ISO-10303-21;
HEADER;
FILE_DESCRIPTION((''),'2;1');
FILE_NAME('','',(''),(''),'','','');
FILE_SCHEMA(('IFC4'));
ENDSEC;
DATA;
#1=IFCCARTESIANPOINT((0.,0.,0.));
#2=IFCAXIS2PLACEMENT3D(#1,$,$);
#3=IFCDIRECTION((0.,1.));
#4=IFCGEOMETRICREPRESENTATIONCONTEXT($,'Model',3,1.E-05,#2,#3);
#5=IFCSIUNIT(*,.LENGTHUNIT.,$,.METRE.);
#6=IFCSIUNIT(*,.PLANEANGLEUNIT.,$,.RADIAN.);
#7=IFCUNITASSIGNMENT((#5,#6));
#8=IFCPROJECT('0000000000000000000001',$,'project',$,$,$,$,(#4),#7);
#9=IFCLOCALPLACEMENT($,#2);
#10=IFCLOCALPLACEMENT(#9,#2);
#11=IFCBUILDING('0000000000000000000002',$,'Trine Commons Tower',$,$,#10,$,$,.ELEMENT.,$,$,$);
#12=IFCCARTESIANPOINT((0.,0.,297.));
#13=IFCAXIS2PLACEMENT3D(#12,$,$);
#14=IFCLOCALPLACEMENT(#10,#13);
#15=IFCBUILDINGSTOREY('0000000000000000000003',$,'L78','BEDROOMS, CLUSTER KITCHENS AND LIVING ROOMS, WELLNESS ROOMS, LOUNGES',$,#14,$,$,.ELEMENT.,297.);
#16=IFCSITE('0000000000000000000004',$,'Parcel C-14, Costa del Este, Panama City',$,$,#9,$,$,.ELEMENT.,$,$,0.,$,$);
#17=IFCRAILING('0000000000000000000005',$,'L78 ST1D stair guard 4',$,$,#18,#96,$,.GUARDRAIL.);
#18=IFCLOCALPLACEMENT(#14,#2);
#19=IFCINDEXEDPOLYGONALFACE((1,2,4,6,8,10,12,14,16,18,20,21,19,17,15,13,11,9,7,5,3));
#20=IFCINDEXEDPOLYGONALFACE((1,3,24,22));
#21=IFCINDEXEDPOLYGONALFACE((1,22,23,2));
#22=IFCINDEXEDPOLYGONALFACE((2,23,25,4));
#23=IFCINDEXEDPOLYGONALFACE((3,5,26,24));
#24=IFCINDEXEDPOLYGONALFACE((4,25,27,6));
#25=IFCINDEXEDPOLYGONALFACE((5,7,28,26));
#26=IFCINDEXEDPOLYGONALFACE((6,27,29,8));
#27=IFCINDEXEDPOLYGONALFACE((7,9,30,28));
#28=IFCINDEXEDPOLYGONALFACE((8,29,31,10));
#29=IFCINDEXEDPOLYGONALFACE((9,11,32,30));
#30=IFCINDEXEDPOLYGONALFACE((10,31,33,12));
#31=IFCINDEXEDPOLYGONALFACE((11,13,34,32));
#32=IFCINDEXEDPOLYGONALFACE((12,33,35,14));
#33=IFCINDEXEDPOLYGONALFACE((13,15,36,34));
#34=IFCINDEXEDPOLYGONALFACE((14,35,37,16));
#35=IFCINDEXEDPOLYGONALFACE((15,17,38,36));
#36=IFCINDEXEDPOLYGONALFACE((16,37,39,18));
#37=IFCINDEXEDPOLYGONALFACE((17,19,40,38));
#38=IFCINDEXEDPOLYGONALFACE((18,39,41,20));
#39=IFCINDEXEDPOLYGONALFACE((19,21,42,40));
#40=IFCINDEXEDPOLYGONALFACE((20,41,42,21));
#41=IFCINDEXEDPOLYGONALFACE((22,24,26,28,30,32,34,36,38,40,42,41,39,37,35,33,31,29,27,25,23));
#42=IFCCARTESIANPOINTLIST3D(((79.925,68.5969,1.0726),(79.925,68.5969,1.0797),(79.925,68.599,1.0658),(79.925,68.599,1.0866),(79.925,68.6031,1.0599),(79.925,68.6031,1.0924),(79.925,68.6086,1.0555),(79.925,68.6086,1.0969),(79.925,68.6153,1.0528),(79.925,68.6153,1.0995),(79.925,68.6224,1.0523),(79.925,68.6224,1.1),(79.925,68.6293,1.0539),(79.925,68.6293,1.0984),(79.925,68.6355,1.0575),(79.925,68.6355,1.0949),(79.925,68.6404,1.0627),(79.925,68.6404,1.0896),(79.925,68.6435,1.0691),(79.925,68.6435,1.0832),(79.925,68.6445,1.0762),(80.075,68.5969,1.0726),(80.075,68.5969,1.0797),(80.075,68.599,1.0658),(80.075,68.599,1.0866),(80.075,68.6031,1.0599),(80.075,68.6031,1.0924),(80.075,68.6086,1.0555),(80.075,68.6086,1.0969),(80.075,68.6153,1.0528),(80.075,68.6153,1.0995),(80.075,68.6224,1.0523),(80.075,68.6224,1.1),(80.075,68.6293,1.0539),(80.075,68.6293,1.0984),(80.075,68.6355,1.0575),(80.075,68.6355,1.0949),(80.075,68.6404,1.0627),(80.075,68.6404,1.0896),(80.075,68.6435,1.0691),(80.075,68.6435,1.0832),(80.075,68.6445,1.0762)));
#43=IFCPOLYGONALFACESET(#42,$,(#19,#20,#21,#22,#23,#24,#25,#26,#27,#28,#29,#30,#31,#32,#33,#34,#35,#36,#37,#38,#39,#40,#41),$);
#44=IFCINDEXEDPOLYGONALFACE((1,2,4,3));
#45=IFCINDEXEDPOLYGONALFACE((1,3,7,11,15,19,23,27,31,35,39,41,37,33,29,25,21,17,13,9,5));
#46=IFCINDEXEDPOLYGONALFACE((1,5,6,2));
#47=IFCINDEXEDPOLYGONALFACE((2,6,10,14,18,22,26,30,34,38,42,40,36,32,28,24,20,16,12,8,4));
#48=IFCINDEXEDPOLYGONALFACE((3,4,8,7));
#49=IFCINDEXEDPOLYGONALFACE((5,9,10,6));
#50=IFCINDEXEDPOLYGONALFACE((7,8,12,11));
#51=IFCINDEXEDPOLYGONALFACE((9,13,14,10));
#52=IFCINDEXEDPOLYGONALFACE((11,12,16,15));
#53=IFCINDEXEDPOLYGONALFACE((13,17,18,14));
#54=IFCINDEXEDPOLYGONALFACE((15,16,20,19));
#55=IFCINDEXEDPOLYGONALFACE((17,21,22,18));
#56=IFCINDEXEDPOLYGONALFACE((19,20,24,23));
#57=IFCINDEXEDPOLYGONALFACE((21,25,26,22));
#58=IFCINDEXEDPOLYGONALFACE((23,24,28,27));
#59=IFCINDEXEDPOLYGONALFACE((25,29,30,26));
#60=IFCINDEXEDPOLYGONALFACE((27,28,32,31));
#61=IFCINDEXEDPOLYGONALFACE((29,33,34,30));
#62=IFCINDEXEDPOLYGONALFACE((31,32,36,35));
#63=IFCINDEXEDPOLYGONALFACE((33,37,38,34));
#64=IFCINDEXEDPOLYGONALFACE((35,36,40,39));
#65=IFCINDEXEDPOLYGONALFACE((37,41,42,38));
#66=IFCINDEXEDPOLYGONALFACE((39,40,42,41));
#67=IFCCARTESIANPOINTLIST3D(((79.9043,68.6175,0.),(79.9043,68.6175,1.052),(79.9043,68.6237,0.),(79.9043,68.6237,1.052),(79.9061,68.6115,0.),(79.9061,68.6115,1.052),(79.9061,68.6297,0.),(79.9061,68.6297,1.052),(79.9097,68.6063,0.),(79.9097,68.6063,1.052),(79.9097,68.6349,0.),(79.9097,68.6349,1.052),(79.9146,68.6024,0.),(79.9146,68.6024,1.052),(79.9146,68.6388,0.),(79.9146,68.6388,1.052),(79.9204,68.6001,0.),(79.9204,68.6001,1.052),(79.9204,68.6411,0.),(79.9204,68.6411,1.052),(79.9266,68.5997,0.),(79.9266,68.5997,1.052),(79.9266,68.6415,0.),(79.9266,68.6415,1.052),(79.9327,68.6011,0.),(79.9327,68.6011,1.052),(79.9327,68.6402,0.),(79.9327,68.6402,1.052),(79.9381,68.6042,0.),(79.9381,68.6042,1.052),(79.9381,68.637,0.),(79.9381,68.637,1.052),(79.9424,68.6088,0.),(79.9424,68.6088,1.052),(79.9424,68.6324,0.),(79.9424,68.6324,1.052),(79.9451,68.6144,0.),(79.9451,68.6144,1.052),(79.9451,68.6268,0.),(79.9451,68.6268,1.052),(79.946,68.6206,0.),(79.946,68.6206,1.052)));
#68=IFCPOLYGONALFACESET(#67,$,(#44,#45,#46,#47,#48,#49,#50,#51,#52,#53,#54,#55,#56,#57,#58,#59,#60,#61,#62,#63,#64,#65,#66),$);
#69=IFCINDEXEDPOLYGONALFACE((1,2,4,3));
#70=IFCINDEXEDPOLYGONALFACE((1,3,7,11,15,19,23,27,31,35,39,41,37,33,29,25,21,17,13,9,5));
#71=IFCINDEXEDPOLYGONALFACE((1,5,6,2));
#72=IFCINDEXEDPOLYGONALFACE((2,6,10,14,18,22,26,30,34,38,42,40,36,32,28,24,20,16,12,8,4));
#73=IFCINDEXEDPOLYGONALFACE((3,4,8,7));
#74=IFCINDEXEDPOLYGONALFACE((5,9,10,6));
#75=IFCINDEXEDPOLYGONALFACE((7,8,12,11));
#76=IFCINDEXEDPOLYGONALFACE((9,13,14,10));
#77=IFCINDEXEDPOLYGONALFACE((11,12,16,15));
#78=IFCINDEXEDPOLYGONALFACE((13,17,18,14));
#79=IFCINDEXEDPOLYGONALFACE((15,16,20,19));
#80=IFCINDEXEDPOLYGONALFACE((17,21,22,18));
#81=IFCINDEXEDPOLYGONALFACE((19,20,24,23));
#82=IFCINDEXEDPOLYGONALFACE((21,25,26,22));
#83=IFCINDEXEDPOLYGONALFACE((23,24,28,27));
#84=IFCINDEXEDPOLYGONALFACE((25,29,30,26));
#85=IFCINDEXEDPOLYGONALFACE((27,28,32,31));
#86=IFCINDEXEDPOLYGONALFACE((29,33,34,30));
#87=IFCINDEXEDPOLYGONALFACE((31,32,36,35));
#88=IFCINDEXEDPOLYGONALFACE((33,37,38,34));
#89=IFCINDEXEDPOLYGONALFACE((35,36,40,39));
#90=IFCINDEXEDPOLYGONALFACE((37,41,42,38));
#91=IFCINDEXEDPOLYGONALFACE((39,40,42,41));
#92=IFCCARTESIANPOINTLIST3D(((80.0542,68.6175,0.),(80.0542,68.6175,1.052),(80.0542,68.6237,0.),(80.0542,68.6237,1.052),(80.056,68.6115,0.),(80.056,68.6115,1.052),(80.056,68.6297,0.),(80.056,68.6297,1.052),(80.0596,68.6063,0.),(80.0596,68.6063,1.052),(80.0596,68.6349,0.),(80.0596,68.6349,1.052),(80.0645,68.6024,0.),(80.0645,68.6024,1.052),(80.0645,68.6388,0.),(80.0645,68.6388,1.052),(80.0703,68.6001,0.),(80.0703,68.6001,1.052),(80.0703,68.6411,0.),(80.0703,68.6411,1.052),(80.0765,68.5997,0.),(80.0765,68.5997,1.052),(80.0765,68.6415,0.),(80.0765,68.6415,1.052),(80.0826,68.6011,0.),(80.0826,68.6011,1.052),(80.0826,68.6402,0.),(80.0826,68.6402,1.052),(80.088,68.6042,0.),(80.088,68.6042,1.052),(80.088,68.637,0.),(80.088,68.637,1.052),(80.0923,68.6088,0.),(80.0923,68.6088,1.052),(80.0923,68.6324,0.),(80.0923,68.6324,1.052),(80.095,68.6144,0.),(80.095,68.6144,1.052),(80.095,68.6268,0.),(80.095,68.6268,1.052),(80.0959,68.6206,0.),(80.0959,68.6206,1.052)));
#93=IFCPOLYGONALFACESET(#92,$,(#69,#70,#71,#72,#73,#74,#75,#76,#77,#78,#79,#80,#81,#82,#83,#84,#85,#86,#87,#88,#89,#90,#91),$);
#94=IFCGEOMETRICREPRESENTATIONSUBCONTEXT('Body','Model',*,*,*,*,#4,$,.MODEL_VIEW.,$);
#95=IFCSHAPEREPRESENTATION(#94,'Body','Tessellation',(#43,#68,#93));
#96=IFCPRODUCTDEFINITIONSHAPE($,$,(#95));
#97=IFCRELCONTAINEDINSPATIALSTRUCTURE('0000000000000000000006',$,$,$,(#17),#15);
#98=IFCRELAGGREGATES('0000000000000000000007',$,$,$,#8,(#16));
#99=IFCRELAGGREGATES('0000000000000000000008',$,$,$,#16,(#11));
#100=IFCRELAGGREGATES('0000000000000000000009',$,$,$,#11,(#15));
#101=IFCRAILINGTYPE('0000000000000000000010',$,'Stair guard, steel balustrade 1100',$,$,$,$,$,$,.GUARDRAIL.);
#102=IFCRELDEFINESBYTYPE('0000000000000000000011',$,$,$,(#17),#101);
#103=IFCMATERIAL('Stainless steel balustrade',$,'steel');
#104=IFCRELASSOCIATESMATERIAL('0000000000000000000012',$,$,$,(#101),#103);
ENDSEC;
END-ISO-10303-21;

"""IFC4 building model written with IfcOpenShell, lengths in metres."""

from ifc_helpers import new_model, si_unit, direction, frame, origin, origin_2d, place, context, subcontext, project, spatial, circle, extrude, material, type_object, element, save


model = new_model("IFC4")

# Units and contexts
model_context = context("Model", 3, precision=1e-05, world=origin(), true_north=direction((0.0, 1.0)))
body_context = subcontext(model_context, "Body", "Model", "MODEL_VIEW")
ifc_project = project(units=[si_unit("LENGTHUNIT", "METRE"), si_unit("PLANEANGLEUNIT", "RADIAN")], contexts=[model_context])

# Site, building, storey
site_placement = place(None, origin())
site = spatial("IfcSite", under=ifc_project, at=site_placement, Name="Parcel C-14, Costa del Este, Panama City", CompositionType="ELEMENT", RefElevation=0.0)
building_placement = place(site_placement, origin())
building = spatial("IfcBuilding", under=site, at=building_placement, Name="Trine Commons Tower", CompositionType="ELEMENT")
storey_placement = place(building_placement, frame((0.0, 0.0, 297.0)))
storey = spatial("IfcBuildingStorey", under=building, at=storey_placement, Name="L78", Description="BEDROOMS, CLUSTER KITCHENS AND LIVING ROOMS, WELLNESS ROOMS, LOUNGES", CompositionType="ELEMENT", Elevation=297.0)

# Railing
ifc_material_1 = material(Name="Stainless steel balustrade", Category="steel")
railing_type_1 = type_object("IfcRailingType", Name="Stair guard, steel balustrade 1100", PredefinedType="GUARDRAIL", material=ifc_material_1)
railing_1_placement = place(storey_placement, frame((79.925, 68.6206, 0.0)))
element("IfcRailing", 1, at=railing_1_placement, inside=storey, type_object=railing_type_1, Name="L78 ST1D stair guard 4", PredefinedType="GUARDRAIL", context=body_context, shape_type="SweptSolid", body=[
    extrude(circle(Radius=0.0239, at=origin_2d()), frame((0.0, 0.0, 1.0762), z_axis=(1.0, 0.0, 0.0), x_axis=(0.0, 1.0, 0.0)), (0.0, 0.0, 1.0), 0.1499),
    extrude(circle(Radius=0.021, at=origin_2d()), origin(), (0.0, 0.0, 1.0), 1.052),
    extrude(circle(Radius=0.021, at=origin_2d()), frame((0.1499, 0.0, 0.0)), (0.0, 0.0, 1.0), 1.052),
])

save(model, "model.ifc")
